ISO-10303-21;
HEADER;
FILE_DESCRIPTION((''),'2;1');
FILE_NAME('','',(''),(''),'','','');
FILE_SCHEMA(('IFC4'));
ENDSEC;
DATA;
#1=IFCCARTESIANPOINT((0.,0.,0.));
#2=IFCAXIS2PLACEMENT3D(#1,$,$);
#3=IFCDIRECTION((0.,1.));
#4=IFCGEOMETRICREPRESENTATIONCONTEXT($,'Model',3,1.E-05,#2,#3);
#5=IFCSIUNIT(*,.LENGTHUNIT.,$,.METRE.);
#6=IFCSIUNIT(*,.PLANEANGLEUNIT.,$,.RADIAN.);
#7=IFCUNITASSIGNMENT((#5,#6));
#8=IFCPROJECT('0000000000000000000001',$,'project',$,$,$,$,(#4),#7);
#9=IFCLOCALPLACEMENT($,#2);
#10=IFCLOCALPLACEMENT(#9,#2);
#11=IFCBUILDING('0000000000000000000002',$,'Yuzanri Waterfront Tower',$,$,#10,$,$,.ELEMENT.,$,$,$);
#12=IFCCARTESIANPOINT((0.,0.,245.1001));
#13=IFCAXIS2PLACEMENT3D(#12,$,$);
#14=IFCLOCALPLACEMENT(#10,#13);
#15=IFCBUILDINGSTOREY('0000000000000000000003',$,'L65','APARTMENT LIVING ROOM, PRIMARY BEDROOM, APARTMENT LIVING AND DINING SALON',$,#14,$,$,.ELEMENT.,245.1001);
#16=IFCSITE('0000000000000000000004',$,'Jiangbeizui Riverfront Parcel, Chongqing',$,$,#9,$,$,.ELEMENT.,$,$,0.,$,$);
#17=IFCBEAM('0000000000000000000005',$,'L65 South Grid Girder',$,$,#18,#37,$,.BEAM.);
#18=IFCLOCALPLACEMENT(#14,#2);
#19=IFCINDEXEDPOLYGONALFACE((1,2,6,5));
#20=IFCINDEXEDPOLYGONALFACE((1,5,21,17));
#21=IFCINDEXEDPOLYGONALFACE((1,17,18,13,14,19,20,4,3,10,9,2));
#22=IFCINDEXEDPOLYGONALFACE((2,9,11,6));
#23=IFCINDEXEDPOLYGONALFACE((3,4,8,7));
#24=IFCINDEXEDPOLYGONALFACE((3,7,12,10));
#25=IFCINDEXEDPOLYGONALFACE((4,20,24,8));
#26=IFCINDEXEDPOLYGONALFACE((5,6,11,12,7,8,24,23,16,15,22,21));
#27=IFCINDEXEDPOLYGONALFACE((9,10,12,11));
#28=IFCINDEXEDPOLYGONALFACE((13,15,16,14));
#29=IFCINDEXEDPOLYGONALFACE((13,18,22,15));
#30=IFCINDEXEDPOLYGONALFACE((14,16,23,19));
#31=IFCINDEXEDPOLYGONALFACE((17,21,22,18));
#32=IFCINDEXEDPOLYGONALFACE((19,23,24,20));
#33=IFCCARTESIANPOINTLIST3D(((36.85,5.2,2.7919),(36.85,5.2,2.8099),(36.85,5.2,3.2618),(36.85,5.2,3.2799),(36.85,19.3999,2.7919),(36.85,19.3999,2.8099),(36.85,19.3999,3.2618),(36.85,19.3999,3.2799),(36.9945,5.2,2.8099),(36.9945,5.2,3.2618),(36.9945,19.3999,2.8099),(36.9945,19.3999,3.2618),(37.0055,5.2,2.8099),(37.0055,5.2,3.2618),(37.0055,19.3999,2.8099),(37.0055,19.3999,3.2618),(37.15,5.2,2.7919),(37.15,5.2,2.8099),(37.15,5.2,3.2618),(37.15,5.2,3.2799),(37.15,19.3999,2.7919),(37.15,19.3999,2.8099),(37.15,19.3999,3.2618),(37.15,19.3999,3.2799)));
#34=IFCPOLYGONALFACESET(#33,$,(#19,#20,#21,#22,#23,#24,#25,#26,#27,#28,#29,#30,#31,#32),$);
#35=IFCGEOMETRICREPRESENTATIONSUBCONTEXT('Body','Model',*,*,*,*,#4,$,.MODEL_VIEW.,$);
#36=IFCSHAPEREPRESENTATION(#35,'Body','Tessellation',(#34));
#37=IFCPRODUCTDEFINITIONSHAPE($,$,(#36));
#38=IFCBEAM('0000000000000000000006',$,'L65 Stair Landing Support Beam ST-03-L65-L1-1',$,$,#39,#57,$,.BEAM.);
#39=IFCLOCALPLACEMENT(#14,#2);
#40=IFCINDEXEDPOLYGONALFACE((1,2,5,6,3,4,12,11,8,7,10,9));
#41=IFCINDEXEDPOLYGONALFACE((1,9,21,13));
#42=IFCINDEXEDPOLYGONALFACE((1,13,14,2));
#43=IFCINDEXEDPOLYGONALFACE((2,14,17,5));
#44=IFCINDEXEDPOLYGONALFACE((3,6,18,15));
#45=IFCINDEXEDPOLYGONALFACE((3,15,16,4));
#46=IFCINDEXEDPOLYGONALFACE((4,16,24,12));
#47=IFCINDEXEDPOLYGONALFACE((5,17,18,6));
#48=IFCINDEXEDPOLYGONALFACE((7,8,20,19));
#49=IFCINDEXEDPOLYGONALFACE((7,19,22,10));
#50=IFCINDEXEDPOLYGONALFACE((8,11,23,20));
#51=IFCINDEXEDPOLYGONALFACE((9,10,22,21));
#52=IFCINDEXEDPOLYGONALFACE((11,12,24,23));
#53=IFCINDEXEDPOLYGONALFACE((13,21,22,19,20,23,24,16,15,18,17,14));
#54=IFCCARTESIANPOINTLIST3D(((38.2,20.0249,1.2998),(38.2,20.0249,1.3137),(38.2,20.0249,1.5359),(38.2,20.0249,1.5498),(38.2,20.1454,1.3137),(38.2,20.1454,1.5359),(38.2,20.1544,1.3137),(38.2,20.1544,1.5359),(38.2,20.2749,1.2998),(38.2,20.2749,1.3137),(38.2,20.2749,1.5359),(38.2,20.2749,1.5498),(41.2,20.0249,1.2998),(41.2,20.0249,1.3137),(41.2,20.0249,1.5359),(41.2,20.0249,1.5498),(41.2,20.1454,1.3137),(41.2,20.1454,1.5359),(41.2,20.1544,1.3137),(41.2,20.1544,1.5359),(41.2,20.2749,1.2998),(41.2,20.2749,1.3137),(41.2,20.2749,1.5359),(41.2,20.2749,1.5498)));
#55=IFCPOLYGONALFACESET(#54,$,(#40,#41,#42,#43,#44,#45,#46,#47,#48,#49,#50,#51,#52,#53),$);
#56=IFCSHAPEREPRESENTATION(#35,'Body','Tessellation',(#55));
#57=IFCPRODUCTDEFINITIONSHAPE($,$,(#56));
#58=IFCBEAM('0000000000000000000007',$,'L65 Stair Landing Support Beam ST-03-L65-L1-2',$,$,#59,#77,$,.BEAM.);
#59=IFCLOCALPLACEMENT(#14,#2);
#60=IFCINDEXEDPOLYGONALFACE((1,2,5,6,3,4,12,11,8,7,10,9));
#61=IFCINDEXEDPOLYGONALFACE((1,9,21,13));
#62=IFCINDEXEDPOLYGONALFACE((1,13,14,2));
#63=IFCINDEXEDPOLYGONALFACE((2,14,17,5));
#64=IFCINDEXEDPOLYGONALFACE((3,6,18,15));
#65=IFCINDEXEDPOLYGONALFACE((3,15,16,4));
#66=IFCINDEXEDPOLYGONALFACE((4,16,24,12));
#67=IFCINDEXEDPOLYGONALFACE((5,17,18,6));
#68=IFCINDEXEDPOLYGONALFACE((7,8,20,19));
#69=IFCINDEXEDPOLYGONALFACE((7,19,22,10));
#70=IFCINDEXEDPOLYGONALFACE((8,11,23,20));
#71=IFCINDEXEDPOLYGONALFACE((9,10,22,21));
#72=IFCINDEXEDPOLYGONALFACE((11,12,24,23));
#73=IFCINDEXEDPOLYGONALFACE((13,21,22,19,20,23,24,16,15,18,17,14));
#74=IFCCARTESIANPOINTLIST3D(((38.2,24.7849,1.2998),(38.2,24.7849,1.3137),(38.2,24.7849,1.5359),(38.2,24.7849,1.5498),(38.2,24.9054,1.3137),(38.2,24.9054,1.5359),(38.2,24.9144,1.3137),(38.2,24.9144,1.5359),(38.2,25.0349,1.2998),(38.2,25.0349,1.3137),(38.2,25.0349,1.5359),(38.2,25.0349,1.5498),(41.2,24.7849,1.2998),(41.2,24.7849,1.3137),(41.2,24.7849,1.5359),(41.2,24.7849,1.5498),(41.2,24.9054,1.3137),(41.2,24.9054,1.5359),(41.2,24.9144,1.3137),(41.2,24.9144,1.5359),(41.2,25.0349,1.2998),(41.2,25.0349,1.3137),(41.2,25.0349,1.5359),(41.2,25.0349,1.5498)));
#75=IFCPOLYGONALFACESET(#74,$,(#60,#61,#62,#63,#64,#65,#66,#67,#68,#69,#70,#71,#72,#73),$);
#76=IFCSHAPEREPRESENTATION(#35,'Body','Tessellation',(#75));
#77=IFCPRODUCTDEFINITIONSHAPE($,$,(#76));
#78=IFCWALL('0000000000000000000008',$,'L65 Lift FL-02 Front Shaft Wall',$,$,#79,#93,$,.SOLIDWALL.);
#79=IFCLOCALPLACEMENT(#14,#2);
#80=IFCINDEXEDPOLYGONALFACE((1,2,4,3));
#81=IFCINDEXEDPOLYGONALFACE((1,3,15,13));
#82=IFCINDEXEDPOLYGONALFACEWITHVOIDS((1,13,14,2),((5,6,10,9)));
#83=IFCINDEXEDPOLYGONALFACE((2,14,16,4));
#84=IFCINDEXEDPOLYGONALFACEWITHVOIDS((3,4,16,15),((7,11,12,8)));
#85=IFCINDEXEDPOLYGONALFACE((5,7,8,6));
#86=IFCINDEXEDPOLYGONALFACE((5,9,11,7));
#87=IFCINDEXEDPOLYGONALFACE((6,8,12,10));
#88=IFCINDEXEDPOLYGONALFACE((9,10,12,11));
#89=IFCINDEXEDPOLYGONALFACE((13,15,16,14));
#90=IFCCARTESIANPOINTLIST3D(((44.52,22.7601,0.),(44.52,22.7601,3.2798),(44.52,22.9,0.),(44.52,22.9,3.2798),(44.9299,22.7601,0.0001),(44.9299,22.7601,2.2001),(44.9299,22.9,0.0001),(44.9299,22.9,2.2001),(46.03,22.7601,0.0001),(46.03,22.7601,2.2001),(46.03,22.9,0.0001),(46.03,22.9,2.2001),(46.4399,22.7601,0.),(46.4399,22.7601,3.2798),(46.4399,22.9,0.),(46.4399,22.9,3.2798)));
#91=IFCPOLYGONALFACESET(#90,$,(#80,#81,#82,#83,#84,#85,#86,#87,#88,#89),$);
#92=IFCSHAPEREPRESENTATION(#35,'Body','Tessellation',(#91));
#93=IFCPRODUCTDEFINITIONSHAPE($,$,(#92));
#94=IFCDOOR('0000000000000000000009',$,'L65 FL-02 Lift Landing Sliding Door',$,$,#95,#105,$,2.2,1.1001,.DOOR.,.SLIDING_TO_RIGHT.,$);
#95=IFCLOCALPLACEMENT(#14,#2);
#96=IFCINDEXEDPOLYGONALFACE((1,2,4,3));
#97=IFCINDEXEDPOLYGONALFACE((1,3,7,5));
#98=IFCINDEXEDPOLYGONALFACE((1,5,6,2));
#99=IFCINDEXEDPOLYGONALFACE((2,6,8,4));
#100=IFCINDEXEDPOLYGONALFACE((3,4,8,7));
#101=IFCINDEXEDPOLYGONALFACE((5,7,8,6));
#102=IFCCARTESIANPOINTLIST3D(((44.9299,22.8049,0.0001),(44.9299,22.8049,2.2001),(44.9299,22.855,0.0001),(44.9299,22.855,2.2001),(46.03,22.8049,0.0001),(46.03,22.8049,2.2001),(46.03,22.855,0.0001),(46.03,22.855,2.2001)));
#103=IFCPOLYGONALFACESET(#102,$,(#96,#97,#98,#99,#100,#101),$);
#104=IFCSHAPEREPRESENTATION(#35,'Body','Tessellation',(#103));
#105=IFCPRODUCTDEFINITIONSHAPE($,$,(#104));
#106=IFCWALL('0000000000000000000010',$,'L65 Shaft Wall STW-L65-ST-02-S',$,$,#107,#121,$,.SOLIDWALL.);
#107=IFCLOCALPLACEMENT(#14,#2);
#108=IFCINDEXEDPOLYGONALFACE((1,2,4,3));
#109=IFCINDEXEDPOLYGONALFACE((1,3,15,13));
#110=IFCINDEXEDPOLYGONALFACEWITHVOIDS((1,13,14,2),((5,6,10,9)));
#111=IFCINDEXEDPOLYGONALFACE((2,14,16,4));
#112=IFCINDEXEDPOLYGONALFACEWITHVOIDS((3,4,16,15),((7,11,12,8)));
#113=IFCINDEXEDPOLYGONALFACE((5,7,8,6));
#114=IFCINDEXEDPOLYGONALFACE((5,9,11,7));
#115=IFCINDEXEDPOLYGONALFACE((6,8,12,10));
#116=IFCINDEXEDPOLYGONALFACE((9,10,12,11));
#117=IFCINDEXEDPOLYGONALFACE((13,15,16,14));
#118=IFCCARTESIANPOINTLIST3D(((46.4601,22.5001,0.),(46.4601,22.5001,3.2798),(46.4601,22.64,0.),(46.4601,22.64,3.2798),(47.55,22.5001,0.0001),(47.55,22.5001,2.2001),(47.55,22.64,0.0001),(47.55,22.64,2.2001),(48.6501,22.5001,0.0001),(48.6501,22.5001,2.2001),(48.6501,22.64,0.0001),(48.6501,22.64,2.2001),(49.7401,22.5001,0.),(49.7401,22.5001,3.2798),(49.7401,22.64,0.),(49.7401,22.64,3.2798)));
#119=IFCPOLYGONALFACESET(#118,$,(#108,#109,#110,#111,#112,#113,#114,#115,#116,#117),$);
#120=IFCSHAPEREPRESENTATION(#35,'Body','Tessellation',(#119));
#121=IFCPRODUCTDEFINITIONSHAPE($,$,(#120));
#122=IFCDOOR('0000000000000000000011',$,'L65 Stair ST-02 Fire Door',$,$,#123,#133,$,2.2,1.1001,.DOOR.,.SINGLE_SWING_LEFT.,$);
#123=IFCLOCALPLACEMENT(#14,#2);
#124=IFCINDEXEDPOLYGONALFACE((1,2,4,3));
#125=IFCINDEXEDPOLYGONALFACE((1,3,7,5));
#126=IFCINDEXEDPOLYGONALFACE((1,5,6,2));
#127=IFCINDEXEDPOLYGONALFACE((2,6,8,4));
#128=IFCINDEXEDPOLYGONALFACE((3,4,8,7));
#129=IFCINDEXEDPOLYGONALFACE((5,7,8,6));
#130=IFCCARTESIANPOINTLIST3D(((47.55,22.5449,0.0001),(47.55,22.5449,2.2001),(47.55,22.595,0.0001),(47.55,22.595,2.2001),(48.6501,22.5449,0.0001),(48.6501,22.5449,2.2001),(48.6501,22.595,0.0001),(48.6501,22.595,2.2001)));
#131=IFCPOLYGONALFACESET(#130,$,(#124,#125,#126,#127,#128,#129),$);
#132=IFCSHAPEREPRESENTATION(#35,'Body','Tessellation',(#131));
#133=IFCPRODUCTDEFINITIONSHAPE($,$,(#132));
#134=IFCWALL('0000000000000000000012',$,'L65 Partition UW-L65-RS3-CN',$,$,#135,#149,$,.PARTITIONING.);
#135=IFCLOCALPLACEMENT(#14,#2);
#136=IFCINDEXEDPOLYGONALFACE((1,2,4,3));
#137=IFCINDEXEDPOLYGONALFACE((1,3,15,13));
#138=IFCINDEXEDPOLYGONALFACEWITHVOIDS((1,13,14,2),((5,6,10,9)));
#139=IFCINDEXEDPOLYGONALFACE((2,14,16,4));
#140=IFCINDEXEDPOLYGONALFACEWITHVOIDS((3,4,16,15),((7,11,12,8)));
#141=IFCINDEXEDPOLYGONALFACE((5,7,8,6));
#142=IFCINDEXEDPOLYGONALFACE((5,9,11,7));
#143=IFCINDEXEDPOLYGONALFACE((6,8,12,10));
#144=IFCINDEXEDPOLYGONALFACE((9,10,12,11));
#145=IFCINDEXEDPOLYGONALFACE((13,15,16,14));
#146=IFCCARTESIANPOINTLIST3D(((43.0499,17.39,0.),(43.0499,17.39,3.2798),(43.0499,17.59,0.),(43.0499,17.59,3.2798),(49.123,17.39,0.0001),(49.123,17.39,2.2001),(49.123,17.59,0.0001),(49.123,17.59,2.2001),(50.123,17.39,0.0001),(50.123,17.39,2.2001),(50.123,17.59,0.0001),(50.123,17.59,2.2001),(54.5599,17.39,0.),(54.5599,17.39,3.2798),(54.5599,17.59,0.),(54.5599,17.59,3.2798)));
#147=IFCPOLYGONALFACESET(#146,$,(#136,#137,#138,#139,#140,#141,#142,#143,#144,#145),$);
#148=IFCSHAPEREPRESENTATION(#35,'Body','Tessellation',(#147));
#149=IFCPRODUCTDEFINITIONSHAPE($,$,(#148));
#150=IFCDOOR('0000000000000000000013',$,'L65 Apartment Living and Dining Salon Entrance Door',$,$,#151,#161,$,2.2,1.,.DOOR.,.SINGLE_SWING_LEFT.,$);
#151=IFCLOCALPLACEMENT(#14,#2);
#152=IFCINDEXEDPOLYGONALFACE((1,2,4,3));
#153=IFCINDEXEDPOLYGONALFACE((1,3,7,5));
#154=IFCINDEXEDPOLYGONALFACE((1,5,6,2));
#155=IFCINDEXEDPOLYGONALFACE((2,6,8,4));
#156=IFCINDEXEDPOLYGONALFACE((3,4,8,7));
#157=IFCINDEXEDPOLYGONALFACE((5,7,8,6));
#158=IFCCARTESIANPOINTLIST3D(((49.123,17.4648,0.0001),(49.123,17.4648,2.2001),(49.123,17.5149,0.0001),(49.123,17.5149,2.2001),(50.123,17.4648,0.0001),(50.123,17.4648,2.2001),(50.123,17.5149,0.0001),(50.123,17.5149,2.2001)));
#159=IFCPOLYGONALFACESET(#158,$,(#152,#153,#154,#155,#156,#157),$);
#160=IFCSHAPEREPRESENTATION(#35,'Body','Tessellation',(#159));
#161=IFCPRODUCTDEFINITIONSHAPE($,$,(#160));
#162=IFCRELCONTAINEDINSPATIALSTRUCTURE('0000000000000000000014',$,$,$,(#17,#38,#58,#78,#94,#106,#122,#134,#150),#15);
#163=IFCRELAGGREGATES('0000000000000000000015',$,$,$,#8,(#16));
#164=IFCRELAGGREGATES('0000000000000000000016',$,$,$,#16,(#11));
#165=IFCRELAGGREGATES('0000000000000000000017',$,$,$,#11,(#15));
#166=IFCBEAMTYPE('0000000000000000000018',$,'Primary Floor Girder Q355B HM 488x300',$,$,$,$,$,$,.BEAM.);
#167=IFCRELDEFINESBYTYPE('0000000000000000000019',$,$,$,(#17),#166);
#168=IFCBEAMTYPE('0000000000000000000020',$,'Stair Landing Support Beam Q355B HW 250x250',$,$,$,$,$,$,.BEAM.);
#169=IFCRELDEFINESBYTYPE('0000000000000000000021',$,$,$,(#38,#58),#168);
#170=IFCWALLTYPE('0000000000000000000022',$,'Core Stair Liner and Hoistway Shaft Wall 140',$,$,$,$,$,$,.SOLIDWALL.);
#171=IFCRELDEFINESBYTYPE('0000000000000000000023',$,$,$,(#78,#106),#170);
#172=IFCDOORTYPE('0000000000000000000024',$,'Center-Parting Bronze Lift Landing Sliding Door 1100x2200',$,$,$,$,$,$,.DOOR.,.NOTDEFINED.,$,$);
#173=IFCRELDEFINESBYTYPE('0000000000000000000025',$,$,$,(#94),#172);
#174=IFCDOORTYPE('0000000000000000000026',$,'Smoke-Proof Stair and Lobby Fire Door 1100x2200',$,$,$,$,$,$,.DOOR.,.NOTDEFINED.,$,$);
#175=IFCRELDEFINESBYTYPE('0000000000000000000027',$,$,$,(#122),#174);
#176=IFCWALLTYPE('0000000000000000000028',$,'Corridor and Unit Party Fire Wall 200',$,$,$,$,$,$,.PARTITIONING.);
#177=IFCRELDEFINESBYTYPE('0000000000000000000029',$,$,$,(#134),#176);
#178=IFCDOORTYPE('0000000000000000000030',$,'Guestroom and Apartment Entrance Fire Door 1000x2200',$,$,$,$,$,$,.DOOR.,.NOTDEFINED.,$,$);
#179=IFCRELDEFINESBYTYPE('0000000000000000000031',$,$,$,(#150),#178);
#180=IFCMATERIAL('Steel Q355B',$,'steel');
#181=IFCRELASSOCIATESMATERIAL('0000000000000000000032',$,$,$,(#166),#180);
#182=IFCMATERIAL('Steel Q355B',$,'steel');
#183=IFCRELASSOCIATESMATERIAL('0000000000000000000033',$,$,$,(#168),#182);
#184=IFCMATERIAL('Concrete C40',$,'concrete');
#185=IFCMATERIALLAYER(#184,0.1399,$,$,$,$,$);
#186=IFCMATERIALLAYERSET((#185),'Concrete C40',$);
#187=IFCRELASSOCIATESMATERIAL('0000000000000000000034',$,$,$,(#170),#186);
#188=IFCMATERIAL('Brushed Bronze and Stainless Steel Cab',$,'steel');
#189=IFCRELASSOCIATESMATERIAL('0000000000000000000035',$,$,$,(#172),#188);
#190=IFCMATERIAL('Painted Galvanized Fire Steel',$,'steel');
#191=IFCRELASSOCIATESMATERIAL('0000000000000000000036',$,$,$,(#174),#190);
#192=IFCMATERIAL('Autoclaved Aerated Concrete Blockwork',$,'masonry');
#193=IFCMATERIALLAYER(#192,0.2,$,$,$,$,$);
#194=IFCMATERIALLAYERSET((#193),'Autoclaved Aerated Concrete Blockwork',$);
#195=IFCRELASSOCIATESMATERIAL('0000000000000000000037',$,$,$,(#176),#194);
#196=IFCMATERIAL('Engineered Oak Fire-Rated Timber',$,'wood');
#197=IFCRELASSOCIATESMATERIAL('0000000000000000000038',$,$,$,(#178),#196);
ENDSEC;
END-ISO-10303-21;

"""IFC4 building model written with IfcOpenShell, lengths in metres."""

from ifc_helpers import new_model, si_unit, direction, frame, frame_2d, origin, origin_2d, place, context, subcontext, project, spatial, rectangle, i_section, extrude, source, transform, mapped, material, layer, layer_set, material_profile, profile_set, type_object, element, fill, save


model = new_model("IFC4")

# Units and contexts
model_context = context("Model", 3, precision=1e-05, world=origin(), true_north=direction((0.0, 1.0)))
body_context = subcontext(model_context, "Body", "Model", "MODEL_VIEW")
ifc_project = project(units=[si_unit("LENGTHUNIT", "METRE"), si_unit("PLANEANGLEUNIT", "RADIAN")], contexts=[model_context])

# Site, building, storey
site_placement = place(None, origin())
site = spatial("IfcSite", under=ifc_project, at=site_placement, Name="Jiangbeizui Riverfront Parcel, Chongqing", CompositionType="ELEMENT", RefElevation=0.0)
building_placement = place(site_placement, origin())
building = spatial("IfcBuilding", under=site, at=building_placement, Name="Yuzanri Waterfront Tower", CompositionType="ELEMENT")
storey_placement = place(building_placement, frame((0.0, 0.0, 245.1001)))
storey = spatial("IfcBuildingStorey", under=building, at=storey_placement, Name="L65", Description="APARTMENT LIVING ROOM, PRIMARY BEDROOM, APARTMENT LIVING AND DINING SALON", CompositionType="ELEMENT", Elevation=245.1001)

# Beams
ifc_material_1 = material(Name="Steel Q355B", Category="steel")
ifc_material_profile_1 = material_profile(ifc_material_1, i_section(OverallWidth=0.3, OverallDepth=0.488, WebThickness=0.011, FlangeThickness=0.0181, at=origin_2d()), Name="HM 488x300x11x18")
ifc_profile_set_1 = profile_set([ifc_material_profile_1], Name="Steel Q355B")
beam_type_1 = type_object("IfcBeamType", Name="Primary Floor Girder Q355B HM 488x300", PredefinedType="BEAM", material=ifc_profile_set_1)
shared_shape_1 = source(origin(), body_context, "Body", "SweptSolid", [
    extrude(i_section(OverallWidth=0.3, OverallDepth=0.488, WebThickness=0.011, FlangeThickness=0.0181, at=origin_2d()), origin(), (0.0, 0.0, 1.0), 14.2),
])
beam_placement = place(storey_placement, frame((37.0, 19.3999, 3.0359), z_axis=(0.0, -1.0, 0.0), x_axis=(1.0, 0.0, 0.0)))
element("IfcBeam", 1, at=beam_placement, inside=storey, type_object=beam_type_1, Name="L65 South Grid Girder", PredefinedType="BEAM", context=body_context, shape_type="MappedRepresentation", body=[
    mapped(shared_shape_1, transform((0.0, 0.0, 0.0), scale=1.0)),
])
ifc_material_2 = material(Name="Steel Q355B", Category="steel")
ifc_material_profile_2 = material_profile(ifc_material_2, i_section(OverallWidth=0.25, OverallDepth=0.25, WebThickness=0.009, FlangeThickness=0.0139, at=origin_2d()), Name="HW 250x250x9x14")
ifc_profile_set_2 = profile_set([ifc_material_profile_2], Name="Steel Q355B")
beam_type_2 = type_object("IfcBeamType", Name="Stair Landing Support Beam Q355B HW 250x250", PredefinedType="BEAM", material=ifc_profile_set_2)
shared_shape_2 = source(origin(), body_context, "Body", "SweptSolid", [
    extrude(i_section(OverallWidth=0.25, OverallDepth=0.25, WebThickness=0.009, FlangeThickness=0.0139, at=origin_2d()), origin(), (0.0, 0.0, 1.0), 3.0),
])
for number, where, z_axis, x_axis, name in (
    (2, (38.2, 20.1499, 1.4248), (1.0, 0.0, 0.0), (0.0, 1.0, 0.0), "L65 Stair Landing Support Beam ST-03-L65-L1-1"),
    (3, (38.2, 24.9099, 1.4248), (1.0, 0.0, 0.0), (0.0, 1.0, 0.0), "L65 Stair Landing Support Beam ST-03-L65-L1-2"),
):
    element("IfcBeam", number, at=place(storey_placement, frame(where, z_axis=z_axis, x_axis=x_axis)), inside=storey, type_object=beam_type_2, Name=name, PredefinedType="BEAM", context=body_context, shape_type="MappedRepresentation", body=[
        mapped(shared_shape_2, transform((0.0, 0.0, 0.0), scale=1.0)),
    ])

# Walls, openings, doors
ifc_material_3 = material(Name="Concrete C40", Category="concrete")
ifc_layer_1 = layer(ifc_material_3, 0.1399)
ifc_layer_set_1 = layer_set([ifc_layer_1], Name="Concrete C40")
wall_type_1 = type_object("IfcWallType", Name="Core Stair Liner and Hoistway Shaft Wall 140", PredefinedType="SOLIDWALL", material=ifc_layer_set_1)
wall_1_placement = place(storey_placement, frame((44.52, 22.8301, 0.0), z_axis=(0.0, 0.0, 1.0), x_axis=(1.0, 0.0, 0.0)))
wall_1 = element("IfcWall", 4, at=wall_1_placement, inside=storey, type_object=wall_type_1, Name="L65 Lift FL-02 Front Shaft Wall", PredefinedType="SOLIDWALL", context=body_context, shape_type="SweptSolid", body=[
    extrude(rectangle(XDim=1.9199, YDim=0.1399, at=frame_2d((0.96, 0.0))), origin(), (0.0, 0.0, 1.0), 3.2798),
])
opening_1_placement = place(wall_1_placement, frame((0.4099, 0.0, 0.0)))
opening_1 = element("IfcOpeningElement", 5, at=opening_1_placement, cuts=wall_1, PredefinedType="OPENING", context=body_context, shape_type="SweptSolid", body=[
    extrude(rectangle(XDim=1.1001, YDim=2.2, at=frame_2d((0.55, 1.1001))), frame((0.0, 0.085, 0.0), z_axis=(0.0, -1.0, 0.0), x_axis=(1.0, 0.0, 0.0)), (0.0, 0.0, 1.0), 0.1697),
])
ifc_material_4 = material(Name="Brushed Bronze and Stainless Steel Cab", Category="steel")
door_type_1 = type_object("IfcDoorType", Name="Center-Parting Bronze Lift Landing Sliding Door 1100x2200", OperationType="NOTDEFINED", PredefinedType="DOOR", material=ifc_material_4)
shared_shape_3 = source(origin(), body_context, "Body", "SweptSolid", [
    extrude(rectangle(XDim=1.1001, YDim=2.2, at=frame_2d((0.55, 1.1001))), frame((0.0, 0.0249, 0.0), z_axis=(0.0, -1.0, 0.0), x_axis=(1.0, 0.0, 0.0)), (0.0, 0.0, 1.0), 0.05),
])
door_1_placement = place(opening_1_placement, origin())
door_1 = element("IfcDoor", 6, at=door_1_placement, inside=storey, type_object=door_type_1, Name="L65 FL-02 Lift Landing Sliding Door", OperationType="SLIDING_TO_RIGHT", OverallHeight=2.2, OverallWidth=1.1001, PredefinedType="DOOR", context=body_context, shape_type="MappedRepresentation", body=[
    mapped(shared_shape_3, transform((0.0, 0.0, 0.0), scale=1.0)),
])
fill(opening_1, door_1)
wall_2_placement = place(storey_placement, frame((46.46, 22.5701, 0.0), z_axis=(0.0, 0.0, 1.0), x_axis=(1.0, 0.0, 0.0)))
wall_2 = element("IfcWall", 7, at=wall_2_placement, inside=storey, type_object=wall_type_1, Name="L65 Shaft Wall STW-L65-ST-02-S", PredefinedType="SOLIDWALL", context=body_context, shape_type="SweptSolid", body=[
    extrude(rectangle(XDim=3.28, YDim=0.1399, at=frame_2d((1.6401, 0.0))), origin(), (0.0, 0.0, 1.0), 3.2798),
])
opening_2_placement = place(wall_2_placement, frame((1.0901, 0.0, 0.0)))
opening_2 = element("IfcOpeningElement", 8, at=opening_2_placement, cuts=wall_2, PredefinedType="OPENING", context=body_context, shape_type="SweptSolid", body=[
    extrude(rectangle(XDim=1.1001, YDim=2.2, at=frame_2d((0.55, 1.1001))), frame((0.0, 0.085, 0.0), z_axis=(0.0, -1.0, 0.0), x_axis=(1.0, 0.0, 0.0)), (0.0, 0.0, 1.0), 0.1697),
])
ifc_material_5 = material(Name="Painted Galvanized Fire Steel", Category="steel")
door_type_2 = type_object("IfcDoorType", Name="Smoke-Proof Stair and Lobby Fire Door 1100x2200", OperationType="NOTDEFINED", PredefinedType="DOOR", material=ifc_material_5)
shared_shape_4 = source(origin(), body_context, "Body", "SweptSolid", [
    extrude(rectangle(XDim=1.1001, YDim=2.2, at=frame_2d((0.55, 1.1001))), frame((0.0, 0.0249, 0.0), z_axis=(0.0, -1.0, 0.0), x_axis=(1.0, 0.0, 0.0)), (0.0, 0.0, 1.0), 0.05),
])
door_2_placement = place(opening_2_placement, origin())
door_2 = element("IfcDoor", 9, at=door_2_placement, inside=storey, type_object=door_type_2, Name="L65 Stair ST-02 Fire Door", OperationType="SINGLE_SWING_LEFT", OverallHeight=2.2, OverallWidth=1.1001, PredefinedType="DOOR", context=body_context, shape_type="MappedRepresentation", body=[
    mapped(shared_shape_4, transform((0.0, 0.0, 0.0), scale=1.0)),
])
fill(opening_2, door_2)
ifc_material_6 = material(Name="Autoclaved Aerated Concrete Blockwork", Category="masonry")
ifc_layer_2 = layer(ifc_material_6, 0.2)
ifc_layer_set_2 = layer_set([ifc_layer_2], Name="Autoclaved Aerated Concrete Blockwork")
wall_type_2 = type_object("IfcWallType", Name="Corridor and Unit Party Fire Wall 200", PredefinedType="PARTITIONING", material=ifc_layer_set_2)
wall_3_placement = place(storey_placement, frame((43.05, 17.49, 0.0), z_axis=(0.0, 0.0, 1.0), x_axis=(1.0, 0.0, 0.0)))
wall_3 = element("IfcWall", 10, at=wall_3_placement, inside=storey, type_object=wall_type_2, Name="L65 Partition UW-L65-RS3-CN", PredefinedType="PARTITIONING", context=body_context, shape_type="SweptSolid", body=[
    extrude(rectangle(XDim=11.51, YDim=0.2, at=frame_2d((5.7549, 0.0))), origin(), (0.0, 0.0, 1.0), 3.2798),
])
opening_3_placement = place(wall_3_placement, frame((6.073, 0.0, 0.0)))
opening_3 = element("IfcOpeningElement", 11, at=opening_3_placement, cuts=wall_3, PredefinedType="OPENING", context=body_context, shape_type="SweptSolid", body=[
    extrude(rectangle(XDim=1.0, YDim=2.2, at=frame_2d((0.5, 1.1001))), frame((0.0, 0.1147, 0.0), z_axis=(0.0, -1.0, 0.0), x_axis=(1.0, 0.0, 0.0)), (0.0, 0.0, 1.0), 0.2297),
])
ifc_material_7 = material(Name="Engineered Oak Fire-Rated Timber", Category="wood")
door_type_3 = type_object("IfcDoorType", Name="Guestroom and Apartment Entrance Fire Door 1000x2200", OperationType="NOTDEFINED", PredefinedType="DOOR", material=ifc_material_7)
shared_shape_5 = source(origin(), body_context, "Body", "SweptSolid", [
    extrude(rectangle(XDim=1.0, YDim=2.2, at=frame_2d((0.5, 1.1001))), frame((0.0, 0.0249, 0.0), z_axis=(0.0, -1.0, 0.0), x_axis=(1.0, 0.0, 0.0)), (0.0, 0.0, 1.0), 0.05),
])
door_3_placement = place(opening_3_placement, origin())
door_3 = element("IfcDoor", 12, at=door_3_placement, inside=storey, type_object=door_type_3, Name="L65 Apartment Living and Dining Salon Entrance Door", OperationType="SINGLE_SWING_LEFT", OverallHeight=2.2, OverallWidth=1.0, PredefinedType="DOOR", context=body_context, shape_type="MappedRepresentation", body=[
    mapped(shared_shape_5, transform((0.0, 0.0, 0.0), scale=1.0)),
])
fill(opening_3, door_3)

save(model, "model.ifc")
